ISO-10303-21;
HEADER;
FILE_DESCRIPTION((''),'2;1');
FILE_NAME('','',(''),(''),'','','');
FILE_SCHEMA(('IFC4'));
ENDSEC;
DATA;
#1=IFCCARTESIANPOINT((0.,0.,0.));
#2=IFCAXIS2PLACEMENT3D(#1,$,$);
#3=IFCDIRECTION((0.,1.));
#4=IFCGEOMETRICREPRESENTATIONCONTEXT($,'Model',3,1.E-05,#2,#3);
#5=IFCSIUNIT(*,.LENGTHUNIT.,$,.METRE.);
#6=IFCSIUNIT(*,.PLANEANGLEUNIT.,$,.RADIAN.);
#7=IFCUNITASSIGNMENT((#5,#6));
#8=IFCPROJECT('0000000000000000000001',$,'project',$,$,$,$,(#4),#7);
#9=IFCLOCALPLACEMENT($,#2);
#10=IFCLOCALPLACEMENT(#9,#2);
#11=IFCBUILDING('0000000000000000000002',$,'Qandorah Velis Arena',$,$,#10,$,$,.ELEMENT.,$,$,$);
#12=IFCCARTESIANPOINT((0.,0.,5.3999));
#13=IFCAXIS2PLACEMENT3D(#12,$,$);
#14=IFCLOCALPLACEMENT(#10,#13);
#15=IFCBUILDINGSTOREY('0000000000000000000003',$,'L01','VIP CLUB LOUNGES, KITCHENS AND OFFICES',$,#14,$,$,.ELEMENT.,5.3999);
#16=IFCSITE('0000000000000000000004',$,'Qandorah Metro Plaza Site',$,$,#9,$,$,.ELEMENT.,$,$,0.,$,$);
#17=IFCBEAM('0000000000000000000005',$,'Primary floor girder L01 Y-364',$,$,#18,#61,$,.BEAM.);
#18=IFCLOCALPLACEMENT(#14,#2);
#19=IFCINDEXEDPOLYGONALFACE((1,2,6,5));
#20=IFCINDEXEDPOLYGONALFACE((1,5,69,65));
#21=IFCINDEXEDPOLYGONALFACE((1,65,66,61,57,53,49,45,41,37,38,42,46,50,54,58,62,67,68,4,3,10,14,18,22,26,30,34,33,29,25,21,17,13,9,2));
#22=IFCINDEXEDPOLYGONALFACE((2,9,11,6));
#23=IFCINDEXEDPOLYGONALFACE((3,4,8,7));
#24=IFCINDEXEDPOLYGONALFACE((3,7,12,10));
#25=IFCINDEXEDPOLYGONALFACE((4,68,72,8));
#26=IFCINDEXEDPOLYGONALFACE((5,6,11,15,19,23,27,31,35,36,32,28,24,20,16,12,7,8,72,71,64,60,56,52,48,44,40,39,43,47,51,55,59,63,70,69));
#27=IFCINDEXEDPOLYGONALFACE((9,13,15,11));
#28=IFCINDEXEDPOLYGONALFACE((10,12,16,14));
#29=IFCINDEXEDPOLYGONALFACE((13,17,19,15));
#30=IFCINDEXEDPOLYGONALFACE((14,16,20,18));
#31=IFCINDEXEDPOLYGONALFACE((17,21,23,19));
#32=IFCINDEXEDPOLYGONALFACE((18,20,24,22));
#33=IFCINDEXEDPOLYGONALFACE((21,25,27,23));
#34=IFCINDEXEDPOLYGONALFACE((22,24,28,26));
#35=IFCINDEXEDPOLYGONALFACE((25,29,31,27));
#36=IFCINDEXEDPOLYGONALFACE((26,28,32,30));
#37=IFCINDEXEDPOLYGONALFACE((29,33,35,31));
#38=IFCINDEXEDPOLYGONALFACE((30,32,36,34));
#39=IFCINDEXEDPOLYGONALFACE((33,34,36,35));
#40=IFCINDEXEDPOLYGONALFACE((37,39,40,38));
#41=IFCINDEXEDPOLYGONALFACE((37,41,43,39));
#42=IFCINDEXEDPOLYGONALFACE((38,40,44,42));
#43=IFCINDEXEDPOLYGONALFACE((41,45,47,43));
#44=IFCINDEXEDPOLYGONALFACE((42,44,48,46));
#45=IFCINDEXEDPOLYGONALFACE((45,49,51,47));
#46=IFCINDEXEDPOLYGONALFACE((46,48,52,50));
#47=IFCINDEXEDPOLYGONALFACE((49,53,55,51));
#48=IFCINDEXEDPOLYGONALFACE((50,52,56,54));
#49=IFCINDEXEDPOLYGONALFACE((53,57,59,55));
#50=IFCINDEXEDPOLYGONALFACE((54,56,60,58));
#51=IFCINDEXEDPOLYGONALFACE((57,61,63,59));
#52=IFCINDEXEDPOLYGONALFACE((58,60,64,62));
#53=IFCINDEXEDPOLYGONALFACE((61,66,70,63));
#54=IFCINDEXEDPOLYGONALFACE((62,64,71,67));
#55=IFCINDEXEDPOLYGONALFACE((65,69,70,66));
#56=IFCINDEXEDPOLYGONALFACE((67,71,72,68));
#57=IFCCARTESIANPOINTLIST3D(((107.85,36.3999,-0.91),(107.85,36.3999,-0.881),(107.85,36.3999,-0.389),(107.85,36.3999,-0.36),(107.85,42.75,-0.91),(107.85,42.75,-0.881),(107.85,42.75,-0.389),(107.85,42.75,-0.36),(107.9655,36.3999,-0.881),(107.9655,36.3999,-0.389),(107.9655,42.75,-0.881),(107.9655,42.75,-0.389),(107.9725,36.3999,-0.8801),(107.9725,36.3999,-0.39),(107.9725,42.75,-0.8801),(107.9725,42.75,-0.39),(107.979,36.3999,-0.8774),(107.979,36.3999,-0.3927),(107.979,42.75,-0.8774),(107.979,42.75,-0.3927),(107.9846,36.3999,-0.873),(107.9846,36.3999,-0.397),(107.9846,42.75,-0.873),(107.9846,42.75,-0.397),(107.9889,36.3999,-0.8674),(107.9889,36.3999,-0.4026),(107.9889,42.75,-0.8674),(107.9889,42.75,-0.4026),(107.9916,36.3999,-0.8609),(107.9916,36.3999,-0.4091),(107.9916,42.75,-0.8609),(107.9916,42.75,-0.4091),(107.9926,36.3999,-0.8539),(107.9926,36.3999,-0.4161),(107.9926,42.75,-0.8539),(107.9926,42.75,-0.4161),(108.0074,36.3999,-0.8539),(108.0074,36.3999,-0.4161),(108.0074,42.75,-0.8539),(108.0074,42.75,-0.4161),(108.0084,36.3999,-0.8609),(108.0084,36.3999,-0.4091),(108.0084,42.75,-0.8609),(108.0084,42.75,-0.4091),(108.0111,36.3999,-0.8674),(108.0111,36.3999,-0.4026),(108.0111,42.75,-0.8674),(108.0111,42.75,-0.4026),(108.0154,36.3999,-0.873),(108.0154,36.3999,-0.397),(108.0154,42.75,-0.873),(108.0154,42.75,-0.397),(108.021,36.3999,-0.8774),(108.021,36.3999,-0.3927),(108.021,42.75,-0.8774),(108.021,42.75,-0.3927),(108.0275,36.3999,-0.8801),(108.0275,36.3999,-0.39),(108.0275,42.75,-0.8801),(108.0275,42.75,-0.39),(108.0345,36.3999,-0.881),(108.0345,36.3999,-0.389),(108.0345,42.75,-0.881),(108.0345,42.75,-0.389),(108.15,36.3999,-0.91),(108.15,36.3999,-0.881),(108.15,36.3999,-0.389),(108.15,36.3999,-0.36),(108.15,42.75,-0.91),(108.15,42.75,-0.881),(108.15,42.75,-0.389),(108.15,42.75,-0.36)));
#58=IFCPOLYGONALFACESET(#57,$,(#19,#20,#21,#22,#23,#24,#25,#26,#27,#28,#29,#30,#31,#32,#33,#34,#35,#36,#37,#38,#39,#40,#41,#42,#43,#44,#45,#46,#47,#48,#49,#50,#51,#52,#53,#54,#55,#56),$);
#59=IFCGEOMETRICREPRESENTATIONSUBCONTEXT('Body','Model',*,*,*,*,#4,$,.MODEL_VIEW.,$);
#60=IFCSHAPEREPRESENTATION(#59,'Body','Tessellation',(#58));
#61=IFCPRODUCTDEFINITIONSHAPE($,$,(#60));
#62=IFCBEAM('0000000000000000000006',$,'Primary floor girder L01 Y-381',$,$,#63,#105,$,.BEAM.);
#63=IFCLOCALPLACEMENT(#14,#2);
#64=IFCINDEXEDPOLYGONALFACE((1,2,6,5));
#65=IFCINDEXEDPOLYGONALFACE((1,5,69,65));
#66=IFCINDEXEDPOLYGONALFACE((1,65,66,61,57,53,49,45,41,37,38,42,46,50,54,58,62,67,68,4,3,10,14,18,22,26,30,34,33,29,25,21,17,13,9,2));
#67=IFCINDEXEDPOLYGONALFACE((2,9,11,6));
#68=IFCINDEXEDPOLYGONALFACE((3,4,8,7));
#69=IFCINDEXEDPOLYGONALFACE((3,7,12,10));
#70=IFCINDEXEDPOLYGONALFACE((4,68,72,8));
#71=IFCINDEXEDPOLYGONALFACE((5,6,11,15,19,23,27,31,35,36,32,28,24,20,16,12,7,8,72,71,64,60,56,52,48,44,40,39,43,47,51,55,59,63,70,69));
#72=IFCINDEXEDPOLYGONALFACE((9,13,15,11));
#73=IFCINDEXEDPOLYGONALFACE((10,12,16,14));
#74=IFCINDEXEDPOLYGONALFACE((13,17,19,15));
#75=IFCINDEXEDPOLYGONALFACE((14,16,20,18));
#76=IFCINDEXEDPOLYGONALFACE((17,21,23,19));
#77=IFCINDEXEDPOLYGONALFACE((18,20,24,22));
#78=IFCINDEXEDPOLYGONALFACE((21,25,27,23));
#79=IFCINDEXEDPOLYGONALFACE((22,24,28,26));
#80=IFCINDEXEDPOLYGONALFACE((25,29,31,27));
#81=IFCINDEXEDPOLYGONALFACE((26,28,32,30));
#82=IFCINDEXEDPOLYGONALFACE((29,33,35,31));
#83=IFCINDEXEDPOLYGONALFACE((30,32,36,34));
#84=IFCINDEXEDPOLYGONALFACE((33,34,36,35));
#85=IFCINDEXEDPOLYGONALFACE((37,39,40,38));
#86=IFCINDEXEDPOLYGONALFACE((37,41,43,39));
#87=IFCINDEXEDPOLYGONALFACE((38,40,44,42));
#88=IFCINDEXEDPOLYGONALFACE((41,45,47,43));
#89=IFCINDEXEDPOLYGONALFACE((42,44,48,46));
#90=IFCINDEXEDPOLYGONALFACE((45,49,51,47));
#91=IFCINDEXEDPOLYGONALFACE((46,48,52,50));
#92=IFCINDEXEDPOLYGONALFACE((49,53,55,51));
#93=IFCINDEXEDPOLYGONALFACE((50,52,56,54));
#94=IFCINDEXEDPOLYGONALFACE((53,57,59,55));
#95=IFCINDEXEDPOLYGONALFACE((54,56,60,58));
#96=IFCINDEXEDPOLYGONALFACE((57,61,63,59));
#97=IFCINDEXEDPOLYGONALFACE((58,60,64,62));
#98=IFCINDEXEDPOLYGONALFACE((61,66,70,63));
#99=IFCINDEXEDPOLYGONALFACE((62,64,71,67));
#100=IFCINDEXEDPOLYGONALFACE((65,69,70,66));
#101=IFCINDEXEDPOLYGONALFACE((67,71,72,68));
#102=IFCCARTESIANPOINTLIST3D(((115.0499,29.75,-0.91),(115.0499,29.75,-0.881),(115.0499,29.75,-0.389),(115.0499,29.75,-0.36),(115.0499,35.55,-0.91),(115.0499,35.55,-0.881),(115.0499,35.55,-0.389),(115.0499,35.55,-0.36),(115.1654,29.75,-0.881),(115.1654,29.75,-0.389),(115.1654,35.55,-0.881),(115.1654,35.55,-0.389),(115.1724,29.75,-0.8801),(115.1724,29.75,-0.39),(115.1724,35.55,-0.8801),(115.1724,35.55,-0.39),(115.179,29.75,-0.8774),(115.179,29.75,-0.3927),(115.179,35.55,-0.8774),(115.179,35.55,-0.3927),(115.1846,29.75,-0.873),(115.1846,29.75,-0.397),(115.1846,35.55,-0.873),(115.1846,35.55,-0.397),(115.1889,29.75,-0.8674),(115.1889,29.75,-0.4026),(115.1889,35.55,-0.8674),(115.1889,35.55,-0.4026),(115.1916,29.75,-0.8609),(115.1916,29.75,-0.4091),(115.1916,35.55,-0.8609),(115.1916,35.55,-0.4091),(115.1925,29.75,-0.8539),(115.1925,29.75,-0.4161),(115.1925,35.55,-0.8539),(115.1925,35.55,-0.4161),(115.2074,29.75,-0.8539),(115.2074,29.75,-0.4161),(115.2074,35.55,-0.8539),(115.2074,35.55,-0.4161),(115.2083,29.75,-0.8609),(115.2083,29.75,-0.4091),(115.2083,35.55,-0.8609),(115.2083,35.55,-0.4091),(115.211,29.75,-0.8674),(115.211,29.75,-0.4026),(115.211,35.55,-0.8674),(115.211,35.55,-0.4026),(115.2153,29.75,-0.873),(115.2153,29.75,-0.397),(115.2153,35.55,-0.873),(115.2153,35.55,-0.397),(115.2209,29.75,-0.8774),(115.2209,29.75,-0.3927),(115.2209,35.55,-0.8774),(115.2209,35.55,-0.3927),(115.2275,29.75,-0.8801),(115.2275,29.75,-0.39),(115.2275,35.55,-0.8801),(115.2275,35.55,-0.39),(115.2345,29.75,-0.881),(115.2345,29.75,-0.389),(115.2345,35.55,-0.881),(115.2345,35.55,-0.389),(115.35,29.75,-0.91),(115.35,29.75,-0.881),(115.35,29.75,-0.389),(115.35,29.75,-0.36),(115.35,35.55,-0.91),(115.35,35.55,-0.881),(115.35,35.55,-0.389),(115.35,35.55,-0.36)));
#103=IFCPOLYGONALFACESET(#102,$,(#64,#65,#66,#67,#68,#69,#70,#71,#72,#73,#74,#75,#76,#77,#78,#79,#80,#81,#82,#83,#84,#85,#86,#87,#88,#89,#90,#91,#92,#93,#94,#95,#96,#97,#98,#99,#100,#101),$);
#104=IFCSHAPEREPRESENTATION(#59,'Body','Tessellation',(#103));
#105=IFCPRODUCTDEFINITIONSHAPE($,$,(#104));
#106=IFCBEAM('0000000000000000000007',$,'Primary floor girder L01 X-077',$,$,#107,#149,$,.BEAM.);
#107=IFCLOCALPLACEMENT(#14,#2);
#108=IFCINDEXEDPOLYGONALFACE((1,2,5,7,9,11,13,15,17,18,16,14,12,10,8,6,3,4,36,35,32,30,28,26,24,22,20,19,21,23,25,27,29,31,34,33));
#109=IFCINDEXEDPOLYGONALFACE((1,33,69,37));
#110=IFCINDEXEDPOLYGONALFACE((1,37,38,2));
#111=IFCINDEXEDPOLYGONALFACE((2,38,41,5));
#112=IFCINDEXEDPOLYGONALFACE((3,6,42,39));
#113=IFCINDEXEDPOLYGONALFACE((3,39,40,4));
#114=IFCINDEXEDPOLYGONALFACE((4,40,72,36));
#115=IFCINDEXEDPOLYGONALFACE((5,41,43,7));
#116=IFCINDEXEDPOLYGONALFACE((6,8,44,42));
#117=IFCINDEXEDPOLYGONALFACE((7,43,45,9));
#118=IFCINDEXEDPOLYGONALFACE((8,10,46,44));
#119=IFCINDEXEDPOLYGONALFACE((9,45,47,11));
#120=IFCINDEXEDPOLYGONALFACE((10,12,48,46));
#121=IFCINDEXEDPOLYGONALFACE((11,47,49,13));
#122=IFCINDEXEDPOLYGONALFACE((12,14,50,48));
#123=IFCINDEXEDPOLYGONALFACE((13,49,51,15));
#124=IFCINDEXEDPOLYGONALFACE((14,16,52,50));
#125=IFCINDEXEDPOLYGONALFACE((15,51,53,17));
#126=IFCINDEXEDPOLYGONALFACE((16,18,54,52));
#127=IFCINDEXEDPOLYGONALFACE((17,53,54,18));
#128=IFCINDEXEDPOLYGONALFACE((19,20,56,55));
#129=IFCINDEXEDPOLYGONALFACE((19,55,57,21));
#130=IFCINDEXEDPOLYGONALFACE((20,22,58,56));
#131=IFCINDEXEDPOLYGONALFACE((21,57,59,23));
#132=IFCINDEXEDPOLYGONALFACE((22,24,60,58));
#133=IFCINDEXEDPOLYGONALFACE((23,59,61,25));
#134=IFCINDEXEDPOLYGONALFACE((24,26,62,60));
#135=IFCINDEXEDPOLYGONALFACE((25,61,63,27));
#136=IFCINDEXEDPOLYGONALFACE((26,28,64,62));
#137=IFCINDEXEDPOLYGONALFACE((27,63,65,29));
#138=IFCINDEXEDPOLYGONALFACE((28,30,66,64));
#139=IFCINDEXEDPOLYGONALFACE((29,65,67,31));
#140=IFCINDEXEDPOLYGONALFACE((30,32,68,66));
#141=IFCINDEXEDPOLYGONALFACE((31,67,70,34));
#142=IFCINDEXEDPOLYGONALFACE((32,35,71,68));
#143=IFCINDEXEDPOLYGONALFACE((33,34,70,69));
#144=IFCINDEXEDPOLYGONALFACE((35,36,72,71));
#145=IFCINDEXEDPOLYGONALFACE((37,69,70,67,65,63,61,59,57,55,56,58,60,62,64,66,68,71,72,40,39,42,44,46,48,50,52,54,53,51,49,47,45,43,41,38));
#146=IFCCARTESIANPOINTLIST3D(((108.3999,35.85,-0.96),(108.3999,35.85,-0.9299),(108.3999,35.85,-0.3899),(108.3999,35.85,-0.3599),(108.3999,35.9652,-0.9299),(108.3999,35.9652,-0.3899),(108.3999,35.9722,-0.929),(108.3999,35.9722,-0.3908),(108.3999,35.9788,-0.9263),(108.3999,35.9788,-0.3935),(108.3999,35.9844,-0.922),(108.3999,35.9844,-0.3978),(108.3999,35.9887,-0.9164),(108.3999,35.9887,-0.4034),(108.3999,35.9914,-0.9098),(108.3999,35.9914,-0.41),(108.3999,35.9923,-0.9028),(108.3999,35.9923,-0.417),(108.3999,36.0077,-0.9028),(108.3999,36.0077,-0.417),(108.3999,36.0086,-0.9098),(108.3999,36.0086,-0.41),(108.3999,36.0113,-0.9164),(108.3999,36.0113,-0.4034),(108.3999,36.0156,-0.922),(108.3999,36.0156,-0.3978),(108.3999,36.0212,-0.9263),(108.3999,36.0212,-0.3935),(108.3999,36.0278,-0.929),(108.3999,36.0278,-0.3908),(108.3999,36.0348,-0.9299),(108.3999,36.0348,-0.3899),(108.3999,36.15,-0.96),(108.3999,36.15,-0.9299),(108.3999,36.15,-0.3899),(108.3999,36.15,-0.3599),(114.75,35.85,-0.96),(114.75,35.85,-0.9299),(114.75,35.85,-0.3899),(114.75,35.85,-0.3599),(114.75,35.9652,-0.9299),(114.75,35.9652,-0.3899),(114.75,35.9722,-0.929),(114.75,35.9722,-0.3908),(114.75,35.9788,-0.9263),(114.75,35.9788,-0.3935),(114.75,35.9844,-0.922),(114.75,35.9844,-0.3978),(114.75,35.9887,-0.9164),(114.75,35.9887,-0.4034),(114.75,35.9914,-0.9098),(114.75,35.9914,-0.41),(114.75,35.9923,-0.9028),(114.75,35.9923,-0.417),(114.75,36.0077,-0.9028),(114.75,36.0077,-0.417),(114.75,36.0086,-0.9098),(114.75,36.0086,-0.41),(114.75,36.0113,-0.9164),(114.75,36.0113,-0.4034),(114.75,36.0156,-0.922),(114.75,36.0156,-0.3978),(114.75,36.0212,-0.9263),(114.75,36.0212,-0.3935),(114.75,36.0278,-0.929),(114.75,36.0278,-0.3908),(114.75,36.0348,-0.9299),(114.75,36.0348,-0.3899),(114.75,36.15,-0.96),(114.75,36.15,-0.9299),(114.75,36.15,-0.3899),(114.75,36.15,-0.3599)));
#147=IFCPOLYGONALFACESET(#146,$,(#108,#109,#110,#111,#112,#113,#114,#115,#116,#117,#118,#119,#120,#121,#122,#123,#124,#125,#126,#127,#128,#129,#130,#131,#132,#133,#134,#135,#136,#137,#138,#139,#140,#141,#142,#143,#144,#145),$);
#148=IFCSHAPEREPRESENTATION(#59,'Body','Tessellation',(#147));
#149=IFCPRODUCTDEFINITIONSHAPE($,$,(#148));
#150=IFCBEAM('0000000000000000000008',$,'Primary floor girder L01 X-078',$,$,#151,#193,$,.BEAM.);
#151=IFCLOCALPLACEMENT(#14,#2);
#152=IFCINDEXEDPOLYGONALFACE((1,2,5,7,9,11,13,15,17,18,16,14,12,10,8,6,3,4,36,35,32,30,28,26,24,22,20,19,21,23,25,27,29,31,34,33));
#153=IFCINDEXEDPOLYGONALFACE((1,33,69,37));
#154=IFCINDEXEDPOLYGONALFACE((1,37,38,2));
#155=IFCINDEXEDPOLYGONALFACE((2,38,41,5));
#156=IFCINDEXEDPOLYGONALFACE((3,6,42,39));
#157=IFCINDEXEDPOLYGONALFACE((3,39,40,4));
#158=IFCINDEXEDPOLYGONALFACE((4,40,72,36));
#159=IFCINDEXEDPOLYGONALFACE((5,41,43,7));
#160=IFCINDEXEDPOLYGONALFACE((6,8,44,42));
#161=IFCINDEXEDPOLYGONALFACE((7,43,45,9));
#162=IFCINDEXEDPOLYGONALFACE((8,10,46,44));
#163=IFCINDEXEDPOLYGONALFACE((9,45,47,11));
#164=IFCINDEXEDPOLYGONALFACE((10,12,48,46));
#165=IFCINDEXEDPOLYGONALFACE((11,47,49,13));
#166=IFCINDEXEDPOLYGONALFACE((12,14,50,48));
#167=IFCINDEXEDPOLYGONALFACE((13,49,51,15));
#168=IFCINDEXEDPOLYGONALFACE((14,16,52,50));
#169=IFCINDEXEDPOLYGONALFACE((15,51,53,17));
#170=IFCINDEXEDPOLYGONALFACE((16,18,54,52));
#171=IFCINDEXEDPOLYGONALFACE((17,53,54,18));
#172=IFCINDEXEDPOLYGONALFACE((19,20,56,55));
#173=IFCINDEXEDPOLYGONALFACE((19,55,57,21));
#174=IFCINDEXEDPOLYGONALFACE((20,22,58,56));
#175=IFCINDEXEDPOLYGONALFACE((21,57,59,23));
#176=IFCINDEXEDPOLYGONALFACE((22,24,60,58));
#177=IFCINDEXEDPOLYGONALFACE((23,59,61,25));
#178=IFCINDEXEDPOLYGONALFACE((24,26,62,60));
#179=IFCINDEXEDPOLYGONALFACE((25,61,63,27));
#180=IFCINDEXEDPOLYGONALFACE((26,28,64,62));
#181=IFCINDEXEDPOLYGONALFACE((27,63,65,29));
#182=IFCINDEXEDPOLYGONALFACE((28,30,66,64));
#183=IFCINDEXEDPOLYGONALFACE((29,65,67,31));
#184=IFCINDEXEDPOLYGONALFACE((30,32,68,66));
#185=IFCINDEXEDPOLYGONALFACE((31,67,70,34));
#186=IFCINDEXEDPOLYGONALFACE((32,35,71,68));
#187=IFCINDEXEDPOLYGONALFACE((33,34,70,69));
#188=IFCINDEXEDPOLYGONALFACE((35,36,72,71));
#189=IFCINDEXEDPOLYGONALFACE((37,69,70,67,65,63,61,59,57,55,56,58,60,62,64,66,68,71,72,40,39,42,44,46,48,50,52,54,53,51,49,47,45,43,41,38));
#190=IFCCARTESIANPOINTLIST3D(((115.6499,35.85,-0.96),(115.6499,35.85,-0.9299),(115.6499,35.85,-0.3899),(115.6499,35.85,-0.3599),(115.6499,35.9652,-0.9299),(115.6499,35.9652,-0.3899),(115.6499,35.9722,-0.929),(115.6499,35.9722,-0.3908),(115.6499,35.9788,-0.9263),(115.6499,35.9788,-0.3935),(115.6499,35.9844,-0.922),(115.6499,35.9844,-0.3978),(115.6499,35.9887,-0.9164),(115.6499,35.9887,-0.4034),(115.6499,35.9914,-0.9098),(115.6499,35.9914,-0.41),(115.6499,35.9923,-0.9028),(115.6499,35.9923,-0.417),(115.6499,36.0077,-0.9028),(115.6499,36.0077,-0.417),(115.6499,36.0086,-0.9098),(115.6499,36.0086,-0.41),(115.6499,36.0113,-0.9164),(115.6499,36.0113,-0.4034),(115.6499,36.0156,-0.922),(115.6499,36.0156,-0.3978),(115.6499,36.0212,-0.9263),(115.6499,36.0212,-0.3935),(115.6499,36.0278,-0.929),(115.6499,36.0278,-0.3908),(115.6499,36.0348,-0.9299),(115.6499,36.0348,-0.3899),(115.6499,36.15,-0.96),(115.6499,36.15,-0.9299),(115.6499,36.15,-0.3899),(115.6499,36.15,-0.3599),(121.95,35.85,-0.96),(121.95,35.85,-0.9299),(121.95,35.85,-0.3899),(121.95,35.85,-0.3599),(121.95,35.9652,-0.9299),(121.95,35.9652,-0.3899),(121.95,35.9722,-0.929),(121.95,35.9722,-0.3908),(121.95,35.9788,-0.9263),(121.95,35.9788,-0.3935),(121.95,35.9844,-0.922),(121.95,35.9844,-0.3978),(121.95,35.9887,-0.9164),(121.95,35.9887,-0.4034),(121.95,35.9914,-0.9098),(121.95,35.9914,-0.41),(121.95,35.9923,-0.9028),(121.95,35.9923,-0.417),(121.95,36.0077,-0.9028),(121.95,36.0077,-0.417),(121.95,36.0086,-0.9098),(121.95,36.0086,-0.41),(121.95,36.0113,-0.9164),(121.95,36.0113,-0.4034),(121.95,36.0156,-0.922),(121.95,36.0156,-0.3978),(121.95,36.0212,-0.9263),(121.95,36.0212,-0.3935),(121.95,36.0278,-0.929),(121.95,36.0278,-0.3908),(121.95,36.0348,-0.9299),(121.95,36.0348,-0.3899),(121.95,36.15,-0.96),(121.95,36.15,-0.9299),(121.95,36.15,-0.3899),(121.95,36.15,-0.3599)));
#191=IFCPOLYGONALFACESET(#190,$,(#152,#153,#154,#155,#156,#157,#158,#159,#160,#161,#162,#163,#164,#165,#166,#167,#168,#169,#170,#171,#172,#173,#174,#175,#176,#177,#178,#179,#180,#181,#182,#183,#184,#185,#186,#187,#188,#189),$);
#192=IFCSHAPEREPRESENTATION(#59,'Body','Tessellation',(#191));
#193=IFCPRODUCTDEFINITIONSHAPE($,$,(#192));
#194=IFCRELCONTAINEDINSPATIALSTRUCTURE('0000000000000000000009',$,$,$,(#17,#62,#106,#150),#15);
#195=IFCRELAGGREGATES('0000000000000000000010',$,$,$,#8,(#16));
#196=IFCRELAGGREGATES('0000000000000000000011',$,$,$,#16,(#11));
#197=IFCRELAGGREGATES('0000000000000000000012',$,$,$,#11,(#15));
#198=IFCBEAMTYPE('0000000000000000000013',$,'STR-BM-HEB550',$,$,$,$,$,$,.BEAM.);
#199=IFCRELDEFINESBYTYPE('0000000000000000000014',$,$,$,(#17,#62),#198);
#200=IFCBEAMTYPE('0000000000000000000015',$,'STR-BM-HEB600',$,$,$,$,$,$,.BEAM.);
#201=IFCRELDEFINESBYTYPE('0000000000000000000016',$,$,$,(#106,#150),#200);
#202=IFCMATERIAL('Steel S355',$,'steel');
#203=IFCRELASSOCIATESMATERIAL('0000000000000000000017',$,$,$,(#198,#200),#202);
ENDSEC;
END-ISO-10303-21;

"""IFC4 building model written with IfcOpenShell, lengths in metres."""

from ifc_helpers import new_model, si_unit, direction, frame, origin, origin_2d, place, context, subcontext, project, spatial, i_section, extrude, material, material_profile, profile_set, type_object, element, save


model = new_model("IFC4")

# Units and contexts
model_context = context("Model", 3, precision=1e-05, world=origin(), true_north=direction((0.0, 1.0)))
body_context = subcontext(model_context, "Body", "Model", "MODEL_VIEW")
ifc_project = project(units=[si_unit("LENGTHUNIT", "METRE"), si_unit("PLANEANGLEUNIT", "RADIAN")], contexts=[model_context])

# Site, building, storey
site_placement = place(None, origin())
site = spatial("IfcSite", under=ifc_project, at=site_placement, Name="Qandorah Metro Plaza Site", CompositionType="ELEMENT", RefElevation=0.0)
building_placement = place(site_placement, origin())
building = spatial("IfcBuilding", under=site, at=building_placement, Name="Qandorah Velis Arena", CompositionType="ELEMENT")
storey_placement = place(building_placement, frame((0.0, 0.0, 5.3999)))
storey = spatial("IfcBuildingStorey", under=building, at=storey_placement, Name="L01", Description="VIP CLUB LOUNGES, KITCHENS AND OFFICES", CompositionType="ELEMENT", Elevation=5.3999)

# Beams
ifc_material_1 = material(Name="Steel S355", Category="steel")
ifc_material_profile_1 = material_profile(ifc_material_1, i_section(OverallWidth=0.3, OverallDepth=0.55, WebThickness=0.0149, FlangeThickness=0.0291, FilletRadius=0.0271, at=origin_2d()), Name="HEB 550")
ifc_profile_set_1 = profile_set([ifc_material_profile_1], Name="Steel S355")
beam_type_1 = type_object("IfcBeamType", Name="STR-BM-HEB550", PredefinedType="BEAM", material=ifc_profile_set_1)
beam_1_placement = place(storey_placement, frame((108.0, 36.3999, -0.635), z_axis=(0.0, 1.0, 0.0), x_axis=(-1.0, 0.0, 0.0)))
element("IfcBeam", 1, at=beam_1_placement, inside=storey, type_object=beam_type_1, Name="Primary floor girder L01 Y-364", PredefinedType="BEAM", context=body_context, shape_type="SweptSolid", body=[
    extrude(i_section(OverallWidth=0.3, OverallDepth=0.55, WebThickness=0.0149, FlangeThickness=0.0291, FilletRadius=0.0271, at=origin_2d()), origin(), (0.0, 0.0, 1.0), 6.3501),
])
beam_2_placement = place(storey_placement, frame((115.2, 29.75, -0.635), z_axis=(0.0, 1.0, 0.0), x_axis=(-1.0, 0.0, 0.0)))
element("IfcBeam", 2, at=beam_2_placement, inside=storey, type_object=beam_type_1, Name="Primary floor girder L01 Y-381", PredefinedType="BEAM", context=body_context, shape_type="SweptSolid", body=[
    extrude(i_section(OverallWidth=0.3, OverallDepth=0.55, WebThickness=0.0149, FlangeThickness=0.0291, FilletRadius=0.0271, at=origin_2d()), origin(), (0.0, 0.0, 1.0), 5.8),
])
ifc_material_profile_2 = material_profile(ifc_material_1, i_section(OverallWidth=0.3, OverallDepth=0.6001, WebThickness=0.0154, FlangeThickness=0.03, FilletRadius=0.0271, at=origin_2d()), Name="HEB 600")
ifc_profile_set_2 = profile_set([ifc_material_profile_2], Name="Steel S355")
beam_type_2 = type_object("IfcBeamType", Name="STR-BM-HEB600", PredefinedType="BEAM", material=ifc_profile_set_2)
beam_3_placement = place(storey_placement, frame((108.3999, 36.0, -0.6599), z_axis=(1.0, 0.0, 0.0), x_axis=(0.0, 1.0, 0.0)))
element("IfcBeam", 3, at=beam_3_placement, inside=storey, type_object=beam_type_2, Name="Primary floor girder L01 X-077", PredefinedType="BEAM", context=body_context, shape_type="SweptSolid", body=[
    extrude(i_section(OverallWidth=0.3, OverallDepth=0.6001, WebThickness=0.0154, FlangeThickness=0.03, FilletRadius=0.0271, at=origin_2d()), origin(), (0.0, 0.0, 1.0), 6.3501),
])
beam_4_placement = place(storey_placement, frame((115.6499, 36.0, -0.6599), z_axis=(1.0, 0.0, 0.0), x_axis=(0.0, 1.0, 0.0)))
element("IfcBeam", 4, at=beam_4_placement, inside=storey, type_object=beam_type_2, Name="Primary floor girder L01 X-078", PredefinedType="BEAM", context=body_context, shape_type="SweptSolid", body=[
    extrude(i_section(OverallWidth=0.3, OverallDepth=0.6001, WebThickness=0.0154, FlangeThickness=0.03, FilletRadius=0.0271, at=origin_2d()), origin(), (0.0, 0.0, 1.0), 6.3),
])

save(model, "model.ifc")
